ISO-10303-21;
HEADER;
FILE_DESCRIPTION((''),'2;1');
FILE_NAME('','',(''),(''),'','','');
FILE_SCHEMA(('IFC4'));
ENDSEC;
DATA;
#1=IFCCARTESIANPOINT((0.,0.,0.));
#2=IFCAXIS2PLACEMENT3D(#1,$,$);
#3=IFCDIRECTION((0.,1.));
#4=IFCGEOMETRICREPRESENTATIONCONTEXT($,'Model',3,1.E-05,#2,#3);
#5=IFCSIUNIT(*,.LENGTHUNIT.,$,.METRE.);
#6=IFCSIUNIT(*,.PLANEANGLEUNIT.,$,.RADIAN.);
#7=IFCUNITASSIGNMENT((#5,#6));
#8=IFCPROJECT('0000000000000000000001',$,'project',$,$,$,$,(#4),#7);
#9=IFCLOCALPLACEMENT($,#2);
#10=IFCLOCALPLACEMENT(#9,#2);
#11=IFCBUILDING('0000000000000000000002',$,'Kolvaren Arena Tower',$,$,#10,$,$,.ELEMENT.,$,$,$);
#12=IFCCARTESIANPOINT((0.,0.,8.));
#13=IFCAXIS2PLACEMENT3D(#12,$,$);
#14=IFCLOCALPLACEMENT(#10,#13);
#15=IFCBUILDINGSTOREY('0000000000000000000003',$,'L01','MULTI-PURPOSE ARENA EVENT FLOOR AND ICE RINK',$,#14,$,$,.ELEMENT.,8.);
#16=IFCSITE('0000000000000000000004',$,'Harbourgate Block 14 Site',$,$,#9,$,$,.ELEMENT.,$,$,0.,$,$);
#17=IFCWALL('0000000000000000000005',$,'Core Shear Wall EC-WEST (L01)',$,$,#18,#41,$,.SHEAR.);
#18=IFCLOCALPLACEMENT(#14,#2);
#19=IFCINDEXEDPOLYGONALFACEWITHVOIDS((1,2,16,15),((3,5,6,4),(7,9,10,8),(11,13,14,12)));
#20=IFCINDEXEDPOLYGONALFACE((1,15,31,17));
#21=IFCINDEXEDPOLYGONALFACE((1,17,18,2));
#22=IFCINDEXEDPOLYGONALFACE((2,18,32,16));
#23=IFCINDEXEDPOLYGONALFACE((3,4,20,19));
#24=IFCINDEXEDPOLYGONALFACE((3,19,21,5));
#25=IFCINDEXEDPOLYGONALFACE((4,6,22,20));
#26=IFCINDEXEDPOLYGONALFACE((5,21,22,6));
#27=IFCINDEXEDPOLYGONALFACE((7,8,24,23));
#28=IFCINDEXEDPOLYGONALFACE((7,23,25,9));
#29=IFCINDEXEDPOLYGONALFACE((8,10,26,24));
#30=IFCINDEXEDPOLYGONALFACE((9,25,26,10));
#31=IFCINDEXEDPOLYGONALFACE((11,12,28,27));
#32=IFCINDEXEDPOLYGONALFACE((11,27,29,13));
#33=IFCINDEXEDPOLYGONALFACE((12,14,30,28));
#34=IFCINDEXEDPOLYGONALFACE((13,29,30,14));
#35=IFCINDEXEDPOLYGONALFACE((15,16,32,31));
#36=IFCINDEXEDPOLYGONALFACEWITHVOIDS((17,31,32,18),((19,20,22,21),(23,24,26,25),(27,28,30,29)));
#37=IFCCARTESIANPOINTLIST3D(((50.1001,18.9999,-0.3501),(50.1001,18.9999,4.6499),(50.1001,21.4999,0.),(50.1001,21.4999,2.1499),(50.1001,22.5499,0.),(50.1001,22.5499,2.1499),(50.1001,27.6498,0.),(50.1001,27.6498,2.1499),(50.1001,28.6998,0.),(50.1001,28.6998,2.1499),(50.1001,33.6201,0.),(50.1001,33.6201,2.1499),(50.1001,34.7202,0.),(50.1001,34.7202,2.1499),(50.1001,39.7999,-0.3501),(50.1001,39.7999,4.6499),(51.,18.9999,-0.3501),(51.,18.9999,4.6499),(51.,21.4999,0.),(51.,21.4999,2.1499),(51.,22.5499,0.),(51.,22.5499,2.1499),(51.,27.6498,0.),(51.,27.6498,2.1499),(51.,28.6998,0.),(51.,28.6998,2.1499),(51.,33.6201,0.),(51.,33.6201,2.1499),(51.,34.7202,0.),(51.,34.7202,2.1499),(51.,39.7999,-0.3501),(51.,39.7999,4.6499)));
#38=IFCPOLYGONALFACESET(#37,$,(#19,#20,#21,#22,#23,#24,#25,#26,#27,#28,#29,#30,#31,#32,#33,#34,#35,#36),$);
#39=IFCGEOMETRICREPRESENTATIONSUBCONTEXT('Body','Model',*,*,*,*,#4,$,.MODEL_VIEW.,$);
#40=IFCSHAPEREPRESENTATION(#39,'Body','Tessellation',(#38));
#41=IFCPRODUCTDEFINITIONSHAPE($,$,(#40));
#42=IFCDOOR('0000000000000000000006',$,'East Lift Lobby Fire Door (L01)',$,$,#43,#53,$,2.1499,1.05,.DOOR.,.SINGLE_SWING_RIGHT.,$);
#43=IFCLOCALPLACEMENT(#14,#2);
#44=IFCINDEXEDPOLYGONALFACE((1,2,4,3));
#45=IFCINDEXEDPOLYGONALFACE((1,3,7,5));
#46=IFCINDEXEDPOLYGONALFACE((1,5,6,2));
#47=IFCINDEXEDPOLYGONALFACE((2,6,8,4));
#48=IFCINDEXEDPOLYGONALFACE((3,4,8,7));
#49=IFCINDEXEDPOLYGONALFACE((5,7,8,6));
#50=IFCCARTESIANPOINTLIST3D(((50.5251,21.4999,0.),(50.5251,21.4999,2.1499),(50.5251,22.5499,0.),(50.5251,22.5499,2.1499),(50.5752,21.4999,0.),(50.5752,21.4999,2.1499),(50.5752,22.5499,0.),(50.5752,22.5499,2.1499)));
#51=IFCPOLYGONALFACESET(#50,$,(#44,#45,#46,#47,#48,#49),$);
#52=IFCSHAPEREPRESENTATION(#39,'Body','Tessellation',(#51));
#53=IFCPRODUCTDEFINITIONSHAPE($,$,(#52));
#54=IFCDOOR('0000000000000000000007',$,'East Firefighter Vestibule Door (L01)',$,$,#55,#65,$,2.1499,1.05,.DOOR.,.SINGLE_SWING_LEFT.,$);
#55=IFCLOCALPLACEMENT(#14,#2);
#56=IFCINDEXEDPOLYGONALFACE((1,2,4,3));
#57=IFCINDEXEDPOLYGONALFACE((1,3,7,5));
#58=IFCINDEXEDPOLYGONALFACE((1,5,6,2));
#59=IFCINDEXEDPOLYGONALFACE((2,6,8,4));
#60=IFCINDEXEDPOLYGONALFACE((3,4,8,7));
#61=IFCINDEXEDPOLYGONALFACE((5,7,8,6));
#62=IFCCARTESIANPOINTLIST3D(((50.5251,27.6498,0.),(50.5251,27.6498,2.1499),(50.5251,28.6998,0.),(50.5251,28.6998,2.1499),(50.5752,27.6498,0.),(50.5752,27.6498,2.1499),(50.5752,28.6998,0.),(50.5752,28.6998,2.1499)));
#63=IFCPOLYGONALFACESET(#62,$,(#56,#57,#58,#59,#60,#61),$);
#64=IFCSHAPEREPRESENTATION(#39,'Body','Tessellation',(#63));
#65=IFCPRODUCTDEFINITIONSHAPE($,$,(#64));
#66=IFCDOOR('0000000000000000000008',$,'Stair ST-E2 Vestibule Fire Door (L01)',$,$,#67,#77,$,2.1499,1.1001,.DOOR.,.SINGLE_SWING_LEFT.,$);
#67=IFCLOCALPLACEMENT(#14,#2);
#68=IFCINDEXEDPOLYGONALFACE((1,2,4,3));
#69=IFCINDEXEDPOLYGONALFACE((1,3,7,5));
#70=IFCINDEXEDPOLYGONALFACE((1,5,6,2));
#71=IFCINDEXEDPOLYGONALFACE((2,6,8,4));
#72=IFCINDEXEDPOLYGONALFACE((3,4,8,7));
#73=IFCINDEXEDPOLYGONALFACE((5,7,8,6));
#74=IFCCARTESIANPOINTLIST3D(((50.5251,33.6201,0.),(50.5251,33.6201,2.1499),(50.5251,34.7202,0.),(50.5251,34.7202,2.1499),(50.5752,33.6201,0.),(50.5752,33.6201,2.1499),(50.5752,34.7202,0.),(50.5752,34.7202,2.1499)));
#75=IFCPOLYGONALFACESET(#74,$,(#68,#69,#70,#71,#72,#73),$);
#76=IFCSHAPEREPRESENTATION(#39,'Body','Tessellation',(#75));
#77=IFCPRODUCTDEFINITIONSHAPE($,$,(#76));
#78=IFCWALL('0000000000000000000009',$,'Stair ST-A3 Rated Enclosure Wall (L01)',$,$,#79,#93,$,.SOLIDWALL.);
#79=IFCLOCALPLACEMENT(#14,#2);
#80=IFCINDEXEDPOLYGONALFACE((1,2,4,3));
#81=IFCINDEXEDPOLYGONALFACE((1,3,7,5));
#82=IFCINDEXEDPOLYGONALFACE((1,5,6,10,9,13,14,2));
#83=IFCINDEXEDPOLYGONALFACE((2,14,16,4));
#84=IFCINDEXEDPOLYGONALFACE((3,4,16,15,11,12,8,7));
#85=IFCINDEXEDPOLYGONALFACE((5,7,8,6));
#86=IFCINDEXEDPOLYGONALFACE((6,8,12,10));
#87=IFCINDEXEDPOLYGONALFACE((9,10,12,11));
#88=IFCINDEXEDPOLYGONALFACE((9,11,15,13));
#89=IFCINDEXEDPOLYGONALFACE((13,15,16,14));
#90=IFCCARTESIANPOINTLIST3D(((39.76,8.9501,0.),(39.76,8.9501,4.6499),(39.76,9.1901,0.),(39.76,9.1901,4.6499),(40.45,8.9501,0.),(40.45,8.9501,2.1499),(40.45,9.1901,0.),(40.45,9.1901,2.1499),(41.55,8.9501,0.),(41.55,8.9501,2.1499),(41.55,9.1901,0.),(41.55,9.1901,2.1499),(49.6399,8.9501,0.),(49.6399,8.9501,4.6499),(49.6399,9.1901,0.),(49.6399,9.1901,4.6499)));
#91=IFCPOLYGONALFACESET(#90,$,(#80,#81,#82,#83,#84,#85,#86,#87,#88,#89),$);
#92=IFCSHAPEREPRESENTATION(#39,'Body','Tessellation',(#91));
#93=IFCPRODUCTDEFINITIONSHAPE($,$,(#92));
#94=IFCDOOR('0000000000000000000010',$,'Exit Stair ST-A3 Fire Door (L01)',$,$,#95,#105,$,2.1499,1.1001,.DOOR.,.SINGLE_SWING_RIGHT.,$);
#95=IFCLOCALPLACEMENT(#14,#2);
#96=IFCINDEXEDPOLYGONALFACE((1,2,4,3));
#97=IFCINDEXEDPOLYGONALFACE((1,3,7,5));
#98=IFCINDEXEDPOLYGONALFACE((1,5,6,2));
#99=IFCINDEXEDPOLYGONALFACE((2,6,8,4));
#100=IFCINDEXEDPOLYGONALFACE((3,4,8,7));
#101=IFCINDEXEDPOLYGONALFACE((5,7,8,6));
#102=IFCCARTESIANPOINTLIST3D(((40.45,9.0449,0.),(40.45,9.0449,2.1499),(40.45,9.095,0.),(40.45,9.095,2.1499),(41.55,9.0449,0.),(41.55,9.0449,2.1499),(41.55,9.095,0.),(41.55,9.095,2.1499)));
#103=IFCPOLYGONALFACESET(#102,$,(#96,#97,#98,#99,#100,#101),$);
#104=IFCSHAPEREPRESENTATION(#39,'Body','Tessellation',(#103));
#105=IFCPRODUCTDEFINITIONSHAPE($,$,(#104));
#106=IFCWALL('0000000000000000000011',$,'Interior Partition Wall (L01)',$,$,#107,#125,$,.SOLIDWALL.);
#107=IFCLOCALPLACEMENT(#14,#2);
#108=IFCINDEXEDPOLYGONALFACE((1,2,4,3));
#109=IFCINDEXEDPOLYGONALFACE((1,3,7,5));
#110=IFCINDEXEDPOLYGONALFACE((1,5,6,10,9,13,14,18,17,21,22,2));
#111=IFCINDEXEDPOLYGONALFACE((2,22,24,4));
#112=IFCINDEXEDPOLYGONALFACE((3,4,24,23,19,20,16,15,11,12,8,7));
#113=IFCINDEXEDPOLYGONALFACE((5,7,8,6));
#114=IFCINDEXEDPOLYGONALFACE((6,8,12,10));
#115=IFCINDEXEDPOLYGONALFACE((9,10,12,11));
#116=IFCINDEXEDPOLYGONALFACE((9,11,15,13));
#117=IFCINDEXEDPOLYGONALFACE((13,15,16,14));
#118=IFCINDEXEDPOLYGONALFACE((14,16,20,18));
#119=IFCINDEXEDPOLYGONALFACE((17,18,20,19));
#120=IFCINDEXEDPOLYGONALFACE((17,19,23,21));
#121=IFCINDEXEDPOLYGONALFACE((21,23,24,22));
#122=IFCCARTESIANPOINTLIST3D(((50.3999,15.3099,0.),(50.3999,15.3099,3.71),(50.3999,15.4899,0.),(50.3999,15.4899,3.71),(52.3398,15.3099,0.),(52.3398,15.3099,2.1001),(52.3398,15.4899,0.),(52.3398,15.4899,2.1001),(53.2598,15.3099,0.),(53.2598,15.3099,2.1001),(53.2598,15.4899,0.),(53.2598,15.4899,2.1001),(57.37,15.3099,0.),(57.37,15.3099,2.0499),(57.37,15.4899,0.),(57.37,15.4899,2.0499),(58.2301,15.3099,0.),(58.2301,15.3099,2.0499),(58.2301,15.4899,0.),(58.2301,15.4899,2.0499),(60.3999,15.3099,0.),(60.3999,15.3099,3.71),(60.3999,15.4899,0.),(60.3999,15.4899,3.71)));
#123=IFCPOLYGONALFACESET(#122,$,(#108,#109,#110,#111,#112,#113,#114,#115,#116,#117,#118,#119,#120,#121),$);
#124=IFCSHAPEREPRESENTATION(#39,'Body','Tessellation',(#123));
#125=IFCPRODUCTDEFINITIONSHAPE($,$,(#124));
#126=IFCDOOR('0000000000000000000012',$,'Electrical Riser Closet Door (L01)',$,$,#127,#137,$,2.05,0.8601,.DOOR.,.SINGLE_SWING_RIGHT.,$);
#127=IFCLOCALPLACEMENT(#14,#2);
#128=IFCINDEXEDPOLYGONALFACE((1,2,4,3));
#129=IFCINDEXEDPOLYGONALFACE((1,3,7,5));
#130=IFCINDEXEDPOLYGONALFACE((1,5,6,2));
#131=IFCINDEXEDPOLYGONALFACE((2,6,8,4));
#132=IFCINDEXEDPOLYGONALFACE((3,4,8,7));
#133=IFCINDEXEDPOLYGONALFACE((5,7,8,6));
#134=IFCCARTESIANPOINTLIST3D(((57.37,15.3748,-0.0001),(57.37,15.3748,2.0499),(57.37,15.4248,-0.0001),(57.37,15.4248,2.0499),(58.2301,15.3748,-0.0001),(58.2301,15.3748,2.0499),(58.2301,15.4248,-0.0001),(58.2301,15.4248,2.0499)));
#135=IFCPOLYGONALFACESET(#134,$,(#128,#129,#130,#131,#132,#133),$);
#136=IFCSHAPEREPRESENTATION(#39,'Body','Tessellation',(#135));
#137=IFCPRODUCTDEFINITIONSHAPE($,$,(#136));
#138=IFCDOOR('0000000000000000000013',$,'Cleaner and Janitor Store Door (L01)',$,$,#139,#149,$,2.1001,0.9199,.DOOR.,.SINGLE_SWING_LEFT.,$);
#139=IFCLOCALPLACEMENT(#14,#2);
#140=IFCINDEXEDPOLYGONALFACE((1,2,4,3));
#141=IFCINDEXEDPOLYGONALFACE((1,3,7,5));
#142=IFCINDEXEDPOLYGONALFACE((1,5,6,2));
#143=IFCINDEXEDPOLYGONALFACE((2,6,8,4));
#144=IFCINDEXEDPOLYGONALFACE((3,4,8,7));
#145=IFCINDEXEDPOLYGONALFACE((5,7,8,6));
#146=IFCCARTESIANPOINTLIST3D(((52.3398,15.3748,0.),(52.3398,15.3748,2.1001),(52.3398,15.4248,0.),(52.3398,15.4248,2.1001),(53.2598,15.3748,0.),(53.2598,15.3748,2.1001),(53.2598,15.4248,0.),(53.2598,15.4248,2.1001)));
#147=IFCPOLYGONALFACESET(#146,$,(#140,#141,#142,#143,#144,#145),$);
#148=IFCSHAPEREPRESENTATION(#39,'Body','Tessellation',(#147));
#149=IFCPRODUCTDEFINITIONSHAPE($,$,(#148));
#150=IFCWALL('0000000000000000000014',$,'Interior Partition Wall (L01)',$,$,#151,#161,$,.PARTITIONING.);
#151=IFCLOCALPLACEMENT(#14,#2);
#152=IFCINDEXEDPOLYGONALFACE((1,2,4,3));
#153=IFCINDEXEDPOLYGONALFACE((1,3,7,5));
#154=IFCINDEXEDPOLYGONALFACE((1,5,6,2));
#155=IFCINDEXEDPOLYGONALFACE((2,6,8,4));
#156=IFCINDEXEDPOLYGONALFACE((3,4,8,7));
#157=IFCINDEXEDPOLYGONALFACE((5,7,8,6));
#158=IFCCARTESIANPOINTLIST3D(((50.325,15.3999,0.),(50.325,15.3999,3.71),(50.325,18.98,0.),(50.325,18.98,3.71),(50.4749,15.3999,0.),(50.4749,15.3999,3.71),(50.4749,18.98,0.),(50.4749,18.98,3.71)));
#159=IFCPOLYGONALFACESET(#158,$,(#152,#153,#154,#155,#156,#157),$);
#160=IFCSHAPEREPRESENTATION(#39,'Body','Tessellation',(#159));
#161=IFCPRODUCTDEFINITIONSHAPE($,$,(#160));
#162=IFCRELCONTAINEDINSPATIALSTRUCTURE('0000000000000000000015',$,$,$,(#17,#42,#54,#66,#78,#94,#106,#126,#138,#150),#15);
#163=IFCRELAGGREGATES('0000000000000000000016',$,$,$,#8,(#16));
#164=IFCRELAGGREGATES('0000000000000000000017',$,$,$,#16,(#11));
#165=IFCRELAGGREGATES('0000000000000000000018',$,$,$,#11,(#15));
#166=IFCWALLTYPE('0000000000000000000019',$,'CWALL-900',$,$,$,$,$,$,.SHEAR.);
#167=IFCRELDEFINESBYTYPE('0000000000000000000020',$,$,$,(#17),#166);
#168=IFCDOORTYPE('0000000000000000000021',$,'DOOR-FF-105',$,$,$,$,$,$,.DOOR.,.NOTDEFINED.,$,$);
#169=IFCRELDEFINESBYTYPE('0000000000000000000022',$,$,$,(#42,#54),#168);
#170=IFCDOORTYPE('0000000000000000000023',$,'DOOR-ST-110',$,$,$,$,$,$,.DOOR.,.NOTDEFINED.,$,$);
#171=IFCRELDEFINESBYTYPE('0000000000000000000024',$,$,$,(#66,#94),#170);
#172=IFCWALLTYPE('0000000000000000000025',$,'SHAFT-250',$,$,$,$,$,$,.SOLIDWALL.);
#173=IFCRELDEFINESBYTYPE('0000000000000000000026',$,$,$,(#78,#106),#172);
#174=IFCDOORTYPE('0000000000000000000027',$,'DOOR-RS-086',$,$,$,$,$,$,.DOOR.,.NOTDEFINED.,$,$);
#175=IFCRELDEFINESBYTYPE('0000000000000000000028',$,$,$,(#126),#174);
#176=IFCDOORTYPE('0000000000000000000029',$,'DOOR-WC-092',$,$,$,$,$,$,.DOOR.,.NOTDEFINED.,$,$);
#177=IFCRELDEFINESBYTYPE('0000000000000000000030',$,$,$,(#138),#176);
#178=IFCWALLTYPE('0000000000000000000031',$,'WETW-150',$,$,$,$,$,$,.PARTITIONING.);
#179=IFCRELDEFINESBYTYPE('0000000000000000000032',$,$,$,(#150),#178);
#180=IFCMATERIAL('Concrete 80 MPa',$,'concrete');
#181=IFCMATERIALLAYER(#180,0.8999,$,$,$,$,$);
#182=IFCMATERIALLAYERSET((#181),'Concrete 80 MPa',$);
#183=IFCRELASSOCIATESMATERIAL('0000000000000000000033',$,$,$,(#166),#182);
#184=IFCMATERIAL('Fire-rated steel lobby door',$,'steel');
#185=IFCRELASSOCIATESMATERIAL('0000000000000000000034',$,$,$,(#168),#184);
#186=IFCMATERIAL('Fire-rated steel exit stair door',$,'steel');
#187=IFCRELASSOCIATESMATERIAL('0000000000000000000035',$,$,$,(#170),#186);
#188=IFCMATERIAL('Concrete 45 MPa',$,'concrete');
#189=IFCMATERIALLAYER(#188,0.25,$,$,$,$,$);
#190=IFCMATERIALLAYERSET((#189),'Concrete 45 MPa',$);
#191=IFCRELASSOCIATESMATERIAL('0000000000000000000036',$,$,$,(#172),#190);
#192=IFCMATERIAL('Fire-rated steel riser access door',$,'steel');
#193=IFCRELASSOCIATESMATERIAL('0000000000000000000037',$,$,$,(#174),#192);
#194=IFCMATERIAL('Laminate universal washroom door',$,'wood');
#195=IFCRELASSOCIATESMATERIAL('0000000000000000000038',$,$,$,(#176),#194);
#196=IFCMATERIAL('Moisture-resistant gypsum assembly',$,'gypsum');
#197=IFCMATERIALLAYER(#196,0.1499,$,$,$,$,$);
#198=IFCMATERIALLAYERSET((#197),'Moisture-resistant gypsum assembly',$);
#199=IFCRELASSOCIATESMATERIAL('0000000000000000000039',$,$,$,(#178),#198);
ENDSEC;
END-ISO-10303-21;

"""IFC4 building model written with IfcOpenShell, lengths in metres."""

from ifc_helpers import new_model, si_unit, direction, frame, frame_2d, origin, place, context, subcontext, project, spatial, rectangle, extrude, material, layer, layer_set, type_object, element, fill, save


model = new_model("IFC4")

# Units and contexts
model_context = context("Model", 3, precision=1e-05, world=origin(), true_north=direction((0.0, 1.0)))
body_context = subcontext(model_context, "Body", "Model", "MODEL_VIEW")
ifc_project = project(units=[si_unit("LENGTHUNIT", "METRE"), si_unit("PLANEANGLEUNIT", "RADIAN")], contexts=[model_context])

# Site, building, storey
site_placement = place(None, origin())
site = spatial("IfcSite", under=ifc_project, at=site_placement, Name="Harbourgate Block 14 Site", CompositionType="ELEMENT", RefElevation=0.0)
building_placement = place(site_placement, origin())
building = spatial("IfcBuilding", under=site, at=building_placement, Name="Kolvaren Arena Tower", CompositionType="ELEMENT")
storey_placement = place(building_placement, frame((0.0, 0.0, 8.0)))
storey = spatial("IfcBuildingStorey", under=building, at=storey_placement, Name="L01", Description="MULTI-PURPOSE ARENA EVENT FLOOR AND ICE RINK", CompositionType="ELEMENT", Elevation=8.0)

# Wall, openings, doors
ifc_material_1 = material(Name="Concrete 80 MPa", Category="concrete")
ifc_layer_1 = layer(ifc_material_1, 0.8999)
ifc_layer_set_1 = layer_set([ifc_layer_1], Name="Concrete 80 MPa")
wall_type_1 = type_object("IfcWallType", Name="CWALL-900", PredefinedType="SHEAR", material=ifc_layer_set_1)
wall_1_placement = place(storey_placement, frame((50.55, 19.0, -0.3501), z_axis=(0.0, 0.0, 1.0), x_axis=(0.0, 1.0, 0.0)))
wall_1 = element("IfcWall", 1, at=wall_1_placement, inside=storey, type_object=wall_type_1, Name="Core Shear Wall EC-WEST (L01)", PredefinedType="SHEAR", context=body_context, shape_type="SweptSolid", body=[
    extrude(rectangle(XDim=20.8, YDim=0.8999, at=frame_2d((10.3999, 0.0))), origin(), (0.0, 0.0, 1.0), 5.0),
])
opening_1_placement = place(wall_1_placement, frame((2.5, 0.0, 0.3501)))
opening_1 = element("IfcOpeningElement", 2, at=opening_1_placement, cuts=wall_1, PredefinedType="OPENING", context=body_context, shape_type="SweptSolid", body=[
    extrude(rectangle(XDim=1.05, YDim=2.1499, at=frame_2d((0.5249, 1.075))), frame((0.0, 0.46, 0.0), z_axis=(0.0, -1.0, 0.0), x_axis=(1.0, 0.0, 0.0)), (0.0, 0.0, 1.0), 0.9199),
])
opening_2_placement = place(wall_1_placement, frame((8.6499, 0.0, 0.3501)))
opening_2 = element("IfcOpeningElement", 3, at=opening_2_placement, cuts=wall_1, PredefinedType="OPENING", context=body_context, shape_type="SweptSolid", body=[
    extrude(rectangle(XDim=1.05, YDim=2.1499, at=frame_2d((0.5249, 1.075))), frame((0.0, 0.46, 0.0), z_axis=(0.0, -1.0, 0.0), x_axis=(1.0, 0.0, 0.0)), (0.0, 0.0, 1.0), 0.9199),
])
opening_3_placement = place(wall_1_placement, frame((14.6201, 0.0, 0.3501)))
opening_3 = element("IfcOpeningElement", 4, at=opening_3_placement, cuts=wall_1, PredefinedType="OPENING", context=body_context, shape_type="SweptSolid", body=[
    extrude(rectangle(XDim=1.1001, YDim=2.1499, at=frame_2d((0.55, 1.075))), frame((0.0, 0.46, 0.0), z_axis=(0.0, -1.0, 0.0), x_axis=(1.0, 0.0, 0.0)), (0.0, 0.0, 1.0), 0.9199),
])
ifc_material_2 = material(Name="Fire-rated steel lobby door", Category="steel")
door_type_1 = type_object("IfcDoorType", Name="DOOR-FF-105", OperationType="NOTDEFINED", PredefinedType="DOOR", material=ifc_material_2)
door_1_placement = place(opening_1_placement, origin())
door_1 = element("IfcDoor", 5, at=door_1_placement, inside=storey, type_object=door_type_1, Name="East Lift Lobby Fire Door (L01)", OperationType="SINGLE_SWING_RIGHT", OverallHeight=2.1499, OverallWidth=1.05, PredefinedType="DOOR", context=body_context, shape_type="SweptSolid", body=[
    extrude(rectangle(XDim=1.05, YDim=2.1499, at=frame_2d((0.5249, 1.075))), frame((0.0, 0.0249, 0.0), z_axis=(0.0, -1.0, 0.0), x_axis=(1.0, 0.0, 0.0)), (0.0, 0.0, 1.0), 0.05),
])
fill(opening_1, door_1)
door_2_placement = place(opening_2_placement, origin())
door_2 = element("IfcDoor", 6, at=door_2_placement, inside=storey, type_object=door_type_1, Name="East Firefighter Vestibule Door (L01)", OperationType="SINGLE_SWING_LEFT", OverallHeight=2.1499, OverallWidth=1.05, PredefinedType="DOOR", context=body_context, shape_type="SweptSolid", body=[
    extrude(rectangle(XDim=1.05, YDim=2.1499, at=frame_2d((0.5249, 1.075))), frame((0.0, 0.0249, 0.0), z_axis=(0.0, -1.0, 0.0), x_axis=(1.0, 0.0, 0.0)), (0.0, 0.0, 1.0), 0.05),
])
fill(opening_2, door_2)
ifc_material_3 = material(Name="Fire-rated steel exit stair door", Category="steel")
door_type_2 = type_object("IfcDoorType", Name="DOOR-ST-110", OperationType="NOTDEFINED", PredefinedType="DOOR", material=ifc_material_3)
door_3_placement = place(opening_3_placement, origin())
door_3 = element("IfcDoor", 7, at=door_3_placement, inside=storey, type_object=door_type_2, Name="Stair ST-E2 Vestibule Fire Door (L01)", OperationType="SINGLE_SWING_LEFT", OverallHeight=2.1499, OverallWidth=1.1001, PredefinedType="DOOR", context=body_context, shape_type="SweptSolid", body=[
    extrude(rectangle(XDim=1.1001, YDim=2.1499, at=frame_2d((0.55, 1.075))), frame((0.0, 0.0249, 0.0), z_axis=(0.0, -1.0, 0.0), x_axis=(1.0, 0.0, 0.0)), (0.0, 0.0, 1.0), 0.05),
])
fill(opening_3, door_3)

# Wall, opening, door
ifc_material_4 = material(Name="Concrete 45 MPa", Category="concrete")
ifc_layer_2 = layer(ifc_material_4, 0.25)
ifc_layer_set_2 = layer_set([ifc_layer_2], Name="Concrete 45 MPa")
wall_type_2 = type_object("IfcWallType", Name="SHAFT-250", PredefinedType="SOLIDWALL", material=ifc_layer_set_2)
wall_2_placement = place(storey_placement, frame((39.76, 9.0701, 0.0), z_axis=(0.0, 0.0, 1.0), x_axis=(1.0, 0.0, 0.0)))
wall_2 = element("IfcWall", 8, at=wall_2_placement, inside=storey, type_object=wall_type_2, Name="Stair ST-A3 Rated Enclosure Wall (L01)", PredefinedType="SOLIDWALL", context=body_context, shape_type="SweptSolid", body=[
    extrude(rectangle(XDim=9.8799, YDim=0.24, at=frame_2d((4.9399, 0.0))), origin(), (0.0, 0.0, 1.0), 4.6499),
])
opening_4_placement = place(wall_2_placement, frame((0.6899, 0.0, 0.0)))
opening_4 = element("IfcOpeningElement", 9, at=opening_4_placement, cuts=wall_2, PredefinedType="OPENING", context=body_context, shape_type="SweptSolid", body=[
    extrude(rectangle(XDim=1.1001, YDim=2.1499, at=frame_2d((0.55, 1.075))), frame((0.0, 0.1299, 0.0), z_axis=(0.0, -1.0, 0.0), x_axis=(1.0, 0.0, 0.0)), (0.0, 0.0, 1.0), 0.26),
])
door_4_placement = place(opening_4_placement, origin())
door_4 = element("IfcDoor", 10, at=door_4_placement, inside=storey, type_object=door_type_2, Name="Exit Stair ST-A3 Fire Door (L01)", OperationType="SINGLE_SWING_RIGHT", OverallHeight=2.1499, OverallWidth=1.1001, PredefinedType="DOOR", context=body_context, shape_type="SweptSolid", body=[
    extrude(rectangle(XDim=1.1001, YDim=2.1499, at=frame_2d((0.55, 1.075))), frame((0.0, 0.0249, 0.0), z_axis=(0.0, -1.0, 0.0), x_axis=(1.0, 0.0, 0.0)), (0.0, 0.0, 1.0), 0.05),
])
fill(opening_4, door_4)

# Wall, openings, doors
wall_3_placement = place(storey_placement, frame((50.3999, 15.3999, 0.0), z_axis=(0.0, 0.0, 1.0), x_axis=(1.0, 0.0, 0.0)))
wall_3 = element("IfcWall", 11, at=wall_3_placement, inside=storey, type_object=wall_type_2, Name="Interior Partition Wall (L01)", PredefinedType="SOLIDWALL", context=body_context, shape_type="SweptSolid", body=[
    extrude(rectangle(XDim=10.0, YDim=0.1799, at=frame_2d((5.0, 0.0))), origin(), (0.0, 0.0, 1.0), 3.71),
])
opening_5_placement = place(wall_3_placement, frame((1.9399, 0.0, 0.0)))
opening_5 = element("IfcOpeningElement", 12, at=opening_5_placement, cuts=wall_3, PredefinedType="OPENING", context=body_context, shape_type="SweptSolid", body=[
    extrude(rectangle(XDim=0.9199, YDim=2.1001, at=frame_2d((0.46, 1.05))), frame((0.0, 0.0999, 0.0), z_axis=(0.0, -1.0, 0.0), x_axis=(1.0, 0.0, 0.0)), (0.0, 0.0, 1.0), 0.2),
])
opening_6_placement = place(wall_3_placement, frame((6.97, 0.0, 0.0)))
opening_6 = element("IfcOpeningElement", 13, at=opening_6_placement, cuts=wall_3, PredefinedType="OPENING", context=body_context, shape_type="SweptSolid", body=[
    extrude(rectangle(XDim=0.8601, YDim=2.05, at=frame_2d((0.4302, 1.0249))), frame((0.0, 0.0999, 0.0), z_axis=(0.0, -1.0, 0.0), x_axis=(1.0, 0.0, 0.0)), (0.0, 0.0, 1.0), 0.2),
])
ifc_material_5 = material(Name="Fire-rated steel riser access door", Category="steel")
door_type_3 = type_object("IfcDoorType", Name="DOOR-RS-086", OperationType="NOTDEFINED", PredefinedType="DOOR", material=ifc_material_5)
door_5_placement = place(opening_6_placement, origin())
door_5 = element("IfcDoor", 14, at=door_5_placement, inside=storey, type_object=door_type_3, Name="Electrical Riser Closet Door (L01)", OperationType="SINGLE_SWING_RIGHT", OverallHeight=2.05, OverallWidth=0.8601, PredefinedType="DOOR", context=body_context, shape_type="SweptSolid", body=[
    extrude(rectangle(XDim=0.8601, YDim=2.05, at=frame_2d((0.4302, 1.0249))), frame((0.0, 0.0249, 0.0), z_axis=(0.0, -1.0, 0.0), x_axis=(1.0, 0.0, 0.0)), (0.0, 0.0, 1.0), 0.05),
])
fill(opening_6, door_5)
ifc_material_6 = material(Name="Laminate universal washroom door", Category="wood")
door_type_4 = type_object("IfcDoorType", Name="DOOR-WC-092", OperationType="NOTDEFINED", PredefinedType="DOOR", material=ifc_material_6)
door_6_placement = place(opening_5_placement, origin())
door_6 = element("IfcDoor", 15, at=door_6_placement, inside=storey, type_object=door_type_4, Name="Cleaner and Janitor Store Door (L01)", OperationType="SINGLE_SWING_LEFT", OverallHeight=2.1001, OverallWidth=0.9199, PredefinedType="DOOR", context=body_context, shape_type="SweptSolid", body=[
    extrude(rectangle(XDim=0.9199, YDim=2.1001, at=frame_2d((0.46, 1.05))), frame((0.0, 0.0249, 0.0), z_axis=(0.0, -1.0, 0.0), x_axis=(1.0, 0.0, 0.0)), (0.0, 0.0, 1.0), 0.05),
])
fill(opening_5, door_6)

# Wall
ifc_material_7 = material(Name="Moisture-resistant gypsum assembly", Category="gypsum")
ifc_layer_3 = layer(ifc_material_7, 0.1499)
ifc_layer_set_3 = layer_set([ifc_layer_3], Name="Moisture-resistant gypsum assembly")
wall_type_3 = type_object("IfcWallType", Name="WETW-150", PredefinedType="PARTITIONING", material=ifc_layer_set_3)
wall_4_placement = place(storey_placement, frame((50.3999, 15.3999, 0.0), z_axis=(0.0, 0.0, 1.0), x_axis=(0.0, 1.0, 0.0)))
element("IfcWall", 16, at=wall_4_placement, inside=storey, type_object=wall_type_3, Name="Interior Partition Wall (L01)", PredefinedType="PARTITIONING", context=body_context, shape_type="SweptSolid", body=[
    extrude(rectangle(XDim=3.5801, YDim=0.1499, at=frame_2d((1.79, 0.0))), origin(), (0.0, 0.0, 1.0), 3.71),
])

save(model, "model.ifc")
